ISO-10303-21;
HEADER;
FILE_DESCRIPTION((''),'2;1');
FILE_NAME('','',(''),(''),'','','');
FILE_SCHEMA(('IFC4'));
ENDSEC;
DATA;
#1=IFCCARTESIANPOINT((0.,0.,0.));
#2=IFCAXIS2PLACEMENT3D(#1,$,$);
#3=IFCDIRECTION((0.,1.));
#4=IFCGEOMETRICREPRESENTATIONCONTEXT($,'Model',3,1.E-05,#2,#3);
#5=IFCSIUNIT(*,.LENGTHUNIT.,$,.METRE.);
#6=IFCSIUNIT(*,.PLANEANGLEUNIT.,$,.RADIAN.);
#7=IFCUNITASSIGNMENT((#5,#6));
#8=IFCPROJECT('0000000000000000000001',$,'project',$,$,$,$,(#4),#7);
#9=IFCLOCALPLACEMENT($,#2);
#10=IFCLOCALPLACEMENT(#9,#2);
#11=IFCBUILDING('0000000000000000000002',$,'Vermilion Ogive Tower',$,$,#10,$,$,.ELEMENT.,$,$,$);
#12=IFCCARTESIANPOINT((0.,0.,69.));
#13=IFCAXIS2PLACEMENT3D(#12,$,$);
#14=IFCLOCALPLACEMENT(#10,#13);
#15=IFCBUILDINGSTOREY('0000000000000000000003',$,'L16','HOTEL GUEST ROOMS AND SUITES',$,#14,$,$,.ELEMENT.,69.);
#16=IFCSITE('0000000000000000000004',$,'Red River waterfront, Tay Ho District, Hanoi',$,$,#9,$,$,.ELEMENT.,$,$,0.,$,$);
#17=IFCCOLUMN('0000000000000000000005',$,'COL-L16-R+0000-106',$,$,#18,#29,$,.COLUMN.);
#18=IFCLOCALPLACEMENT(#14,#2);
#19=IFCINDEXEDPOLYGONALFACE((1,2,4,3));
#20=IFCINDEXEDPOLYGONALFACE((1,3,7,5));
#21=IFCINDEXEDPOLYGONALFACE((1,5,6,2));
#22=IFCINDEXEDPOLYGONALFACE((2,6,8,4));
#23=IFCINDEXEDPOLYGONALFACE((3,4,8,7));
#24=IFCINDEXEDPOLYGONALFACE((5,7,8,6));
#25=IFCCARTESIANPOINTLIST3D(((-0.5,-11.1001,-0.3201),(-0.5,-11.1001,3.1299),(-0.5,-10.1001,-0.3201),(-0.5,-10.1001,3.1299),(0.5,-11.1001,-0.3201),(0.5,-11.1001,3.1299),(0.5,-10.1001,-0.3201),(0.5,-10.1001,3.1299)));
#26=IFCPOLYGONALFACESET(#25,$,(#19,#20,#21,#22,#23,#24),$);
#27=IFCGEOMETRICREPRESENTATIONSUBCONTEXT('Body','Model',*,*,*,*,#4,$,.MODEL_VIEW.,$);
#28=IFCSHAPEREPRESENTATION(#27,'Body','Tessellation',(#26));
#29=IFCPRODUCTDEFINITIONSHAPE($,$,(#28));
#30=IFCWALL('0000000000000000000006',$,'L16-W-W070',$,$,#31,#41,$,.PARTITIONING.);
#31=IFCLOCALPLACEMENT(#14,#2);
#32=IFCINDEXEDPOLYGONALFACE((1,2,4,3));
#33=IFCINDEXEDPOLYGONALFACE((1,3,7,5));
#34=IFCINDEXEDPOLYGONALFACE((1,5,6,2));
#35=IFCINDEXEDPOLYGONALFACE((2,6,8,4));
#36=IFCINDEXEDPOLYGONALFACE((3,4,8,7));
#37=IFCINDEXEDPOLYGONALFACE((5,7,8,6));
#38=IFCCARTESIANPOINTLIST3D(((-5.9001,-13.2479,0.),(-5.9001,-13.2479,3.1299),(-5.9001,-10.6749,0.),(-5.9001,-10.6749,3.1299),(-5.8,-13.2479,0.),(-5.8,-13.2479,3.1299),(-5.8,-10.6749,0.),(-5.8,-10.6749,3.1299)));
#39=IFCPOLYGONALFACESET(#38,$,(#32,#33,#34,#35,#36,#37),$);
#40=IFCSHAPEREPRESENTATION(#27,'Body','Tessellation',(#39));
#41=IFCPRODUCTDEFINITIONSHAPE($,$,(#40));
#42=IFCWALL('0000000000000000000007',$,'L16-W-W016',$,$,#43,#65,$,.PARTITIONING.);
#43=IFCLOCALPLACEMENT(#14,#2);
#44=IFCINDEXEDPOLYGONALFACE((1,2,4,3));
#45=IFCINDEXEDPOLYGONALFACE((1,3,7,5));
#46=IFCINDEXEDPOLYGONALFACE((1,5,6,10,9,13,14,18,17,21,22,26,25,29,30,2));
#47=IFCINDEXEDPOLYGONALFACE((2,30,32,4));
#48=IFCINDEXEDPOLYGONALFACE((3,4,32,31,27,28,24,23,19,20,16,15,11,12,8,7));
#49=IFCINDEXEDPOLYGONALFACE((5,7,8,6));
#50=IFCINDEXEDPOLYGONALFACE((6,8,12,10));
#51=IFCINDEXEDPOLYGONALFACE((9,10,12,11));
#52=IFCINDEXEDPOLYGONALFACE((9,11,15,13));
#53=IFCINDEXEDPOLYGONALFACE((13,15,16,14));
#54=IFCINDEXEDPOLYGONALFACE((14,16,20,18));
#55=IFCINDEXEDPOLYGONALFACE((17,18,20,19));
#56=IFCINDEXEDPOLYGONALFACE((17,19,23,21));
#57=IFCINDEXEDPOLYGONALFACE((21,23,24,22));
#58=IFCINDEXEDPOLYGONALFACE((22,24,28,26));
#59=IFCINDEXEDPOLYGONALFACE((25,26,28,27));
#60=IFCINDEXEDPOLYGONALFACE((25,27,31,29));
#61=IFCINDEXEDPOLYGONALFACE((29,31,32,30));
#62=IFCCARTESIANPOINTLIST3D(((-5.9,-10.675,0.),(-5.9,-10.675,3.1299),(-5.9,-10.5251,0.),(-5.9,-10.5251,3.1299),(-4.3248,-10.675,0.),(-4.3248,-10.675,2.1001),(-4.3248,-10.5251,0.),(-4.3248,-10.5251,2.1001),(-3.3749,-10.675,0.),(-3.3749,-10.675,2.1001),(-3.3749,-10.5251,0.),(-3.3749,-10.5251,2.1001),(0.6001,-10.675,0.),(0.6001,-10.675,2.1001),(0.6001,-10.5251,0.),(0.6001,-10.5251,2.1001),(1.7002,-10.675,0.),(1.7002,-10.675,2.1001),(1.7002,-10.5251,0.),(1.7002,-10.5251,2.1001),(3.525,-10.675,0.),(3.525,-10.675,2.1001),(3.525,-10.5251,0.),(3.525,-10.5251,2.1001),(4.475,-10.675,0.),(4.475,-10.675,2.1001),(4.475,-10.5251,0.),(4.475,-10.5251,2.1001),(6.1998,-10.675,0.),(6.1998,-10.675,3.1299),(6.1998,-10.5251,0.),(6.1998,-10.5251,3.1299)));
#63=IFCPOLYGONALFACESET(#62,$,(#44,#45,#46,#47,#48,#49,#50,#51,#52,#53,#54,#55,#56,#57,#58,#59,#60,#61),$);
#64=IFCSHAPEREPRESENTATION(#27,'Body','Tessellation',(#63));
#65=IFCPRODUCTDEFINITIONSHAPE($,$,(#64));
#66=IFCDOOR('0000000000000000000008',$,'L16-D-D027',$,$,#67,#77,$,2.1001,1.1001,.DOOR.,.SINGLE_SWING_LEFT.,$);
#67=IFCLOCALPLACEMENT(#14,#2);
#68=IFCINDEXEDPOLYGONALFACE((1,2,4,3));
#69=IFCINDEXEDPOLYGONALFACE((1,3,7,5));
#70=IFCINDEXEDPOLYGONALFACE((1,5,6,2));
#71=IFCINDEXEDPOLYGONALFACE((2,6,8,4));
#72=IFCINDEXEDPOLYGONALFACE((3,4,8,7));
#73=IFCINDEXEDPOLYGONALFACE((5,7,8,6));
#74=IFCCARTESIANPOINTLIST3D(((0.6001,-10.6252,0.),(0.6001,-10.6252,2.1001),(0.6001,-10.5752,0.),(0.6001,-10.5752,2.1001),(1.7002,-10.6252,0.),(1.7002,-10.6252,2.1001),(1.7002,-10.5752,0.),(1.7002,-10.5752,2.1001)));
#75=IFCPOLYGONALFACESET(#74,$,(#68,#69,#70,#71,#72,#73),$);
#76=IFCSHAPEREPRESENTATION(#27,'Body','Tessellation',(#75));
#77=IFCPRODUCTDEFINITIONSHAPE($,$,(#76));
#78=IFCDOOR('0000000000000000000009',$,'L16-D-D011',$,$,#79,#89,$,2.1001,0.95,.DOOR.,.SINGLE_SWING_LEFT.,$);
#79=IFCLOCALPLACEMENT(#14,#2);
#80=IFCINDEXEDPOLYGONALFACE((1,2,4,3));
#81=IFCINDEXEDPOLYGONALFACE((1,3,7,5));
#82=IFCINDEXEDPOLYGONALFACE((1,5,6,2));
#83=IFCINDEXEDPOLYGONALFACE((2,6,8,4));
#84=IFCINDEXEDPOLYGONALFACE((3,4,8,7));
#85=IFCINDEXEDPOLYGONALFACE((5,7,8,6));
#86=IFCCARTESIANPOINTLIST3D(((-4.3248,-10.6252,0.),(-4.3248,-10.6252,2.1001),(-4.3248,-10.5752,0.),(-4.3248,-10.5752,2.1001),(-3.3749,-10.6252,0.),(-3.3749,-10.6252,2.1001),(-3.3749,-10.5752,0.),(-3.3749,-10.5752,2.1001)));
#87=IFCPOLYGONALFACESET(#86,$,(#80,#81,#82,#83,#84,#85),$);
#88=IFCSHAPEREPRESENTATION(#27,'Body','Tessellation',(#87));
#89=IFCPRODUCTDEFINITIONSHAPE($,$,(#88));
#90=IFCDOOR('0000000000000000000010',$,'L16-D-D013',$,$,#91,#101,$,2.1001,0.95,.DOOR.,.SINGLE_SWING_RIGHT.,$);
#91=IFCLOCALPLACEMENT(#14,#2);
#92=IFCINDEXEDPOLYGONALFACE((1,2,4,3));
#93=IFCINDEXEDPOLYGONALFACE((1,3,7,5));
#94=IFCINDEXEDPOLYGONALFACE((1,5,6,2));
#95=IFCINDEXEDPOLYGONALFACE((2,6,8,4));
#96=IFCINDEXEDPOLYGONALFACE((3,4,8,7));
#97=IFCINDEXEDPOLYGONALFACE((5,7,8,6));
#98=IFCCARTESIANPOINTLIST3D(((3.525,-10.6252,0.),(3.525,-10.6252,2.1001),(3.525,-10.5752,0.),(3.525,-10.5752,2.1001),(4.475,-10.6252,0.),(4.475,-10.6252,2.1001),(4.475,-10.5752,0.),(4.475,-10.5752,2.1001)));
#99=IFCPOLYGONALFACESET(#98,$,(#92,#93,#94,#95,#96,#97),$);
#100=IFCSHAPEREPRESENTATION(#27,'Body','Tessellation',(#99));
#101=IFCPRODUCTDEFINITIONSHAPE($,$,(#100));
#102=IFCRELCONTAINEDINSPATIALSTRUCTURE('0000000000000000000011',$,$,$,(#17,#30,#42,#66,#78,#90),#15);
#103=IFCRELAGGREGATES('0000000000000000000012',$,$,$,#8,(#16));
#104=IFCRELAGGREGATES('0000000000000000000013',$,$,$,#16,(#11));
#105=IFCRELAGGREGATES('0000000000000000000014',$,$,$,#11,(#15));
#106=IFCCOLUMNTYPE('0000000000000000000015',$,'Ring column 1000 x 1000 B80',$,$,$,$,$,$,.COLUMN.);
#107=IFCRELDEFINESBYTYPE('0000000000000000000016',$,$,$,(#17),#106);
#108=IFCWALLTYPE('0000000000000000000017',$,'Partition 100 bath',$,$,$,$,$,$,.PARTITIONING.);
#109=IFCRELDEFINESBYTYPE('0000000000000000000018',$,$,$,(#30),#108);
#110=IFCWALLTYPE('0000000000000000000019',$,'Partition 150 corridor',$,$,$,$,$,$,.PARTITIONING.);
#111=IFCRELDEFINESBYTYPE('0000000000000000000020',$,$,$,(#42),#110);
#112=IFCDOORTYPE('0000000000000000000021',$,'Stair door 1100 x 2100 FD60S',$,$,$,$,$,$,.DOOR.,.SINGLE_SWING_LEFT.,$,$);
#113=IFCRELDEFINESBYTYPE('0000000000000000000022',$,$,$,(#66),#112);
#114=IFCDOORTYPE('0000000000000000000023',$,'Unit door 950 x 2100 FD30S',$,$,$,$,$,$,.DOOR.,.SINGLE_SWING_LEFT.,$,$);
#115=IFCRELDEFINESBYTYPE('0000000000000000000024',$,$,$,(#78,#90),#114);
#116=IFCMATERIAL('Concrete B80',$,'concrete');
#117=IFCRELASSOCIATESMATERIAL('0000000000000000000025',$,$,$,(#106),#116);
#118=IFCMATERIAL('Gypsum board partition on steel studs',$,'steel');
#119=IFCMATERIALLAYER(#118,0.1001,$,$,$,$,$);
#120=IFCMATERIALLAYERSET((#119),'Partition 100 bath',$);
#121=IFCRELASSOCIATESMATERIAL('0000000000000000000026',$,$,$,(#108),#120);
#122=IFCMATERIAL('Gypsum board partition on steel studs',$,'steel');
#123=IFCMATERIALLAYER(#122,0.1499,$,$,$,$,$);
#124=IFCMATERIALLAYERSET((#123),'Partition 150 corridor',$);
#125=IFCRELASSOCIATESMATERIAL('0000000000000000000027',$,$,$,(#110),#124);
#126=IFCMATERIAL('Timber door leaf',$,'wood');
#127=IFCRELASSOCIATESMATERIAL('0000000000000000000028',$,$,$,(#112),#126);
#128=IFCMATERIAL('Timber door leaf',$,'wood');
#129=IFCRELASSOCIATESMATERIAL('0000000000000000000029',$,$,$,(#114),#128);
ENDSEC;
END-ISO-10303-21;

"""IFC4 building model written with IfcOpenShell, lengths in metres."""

from ifc_helpers import new_model, si_unit, direction, frame, frame_2d, origin, origin_2d, place, context, subcontext, project, spatial, rectangle, extrude, material, layer, layer_set, material_profile, profile_set, type_object, element, fill, save


model = new_model("IFC4")

# Units and contexts
model_context = context("Model", 3, precision=1e-05, world=origin(), true_north=direction((0.0, 1.0)))
body_context = subcontext(model_context, "Body", "Model", "MODEL_VIEW")
ifc_project = project(units=[si_unit("LENGTHUNIT", "METRE"), si_unit("PLANEANGLEUNIT", "RADIAN")], contexts=[model_context])

# Site, building, storey
site_placement = place(None, origin())
site = spatial("IfcSite", under=ifc_project, at=site_placement, Name="Red River waterfront, Tay Ho District, Hanoi", CompositionType="ELEMENT", RefElevation=0.0)
building_placement = place(site_placement, origin())
building = spatial("IfcBuilding", under=site, at=building_placement, Name="Vermilion Ogive Tower", CompositionType="ELEMENT")
storey_placement = place(building_placement, frame((0.0, 0.0, 69.0)))
storey = spatial("IfcBuildingStorey", under=building, at=storey_placement, Name="L16", Description="HOTEL GUEST ROOMS AND SUITES", CompositionType="ELEMENT", Elevation=69.0)

# Column
ifc_material_1 = material(Name="Concrete B80", Category="concrete")
ifc_material_profile = material_profile(ifc_material_1, rectangle(XDim=1.0, YDim=1.0, at=origin_2d()), Name="1000 x 1000")
ifc_profile_set = profile_set([ifc_material_profile], Name="Concrete B80")
column_type = type_object("IfcColumnType", Name="Ring column 1000 x 1000 B80", PredefinedType="COLUMN", material=ifc_profile_set)
column_placement = place(storey_placement, frame((0.0, -10.6001, -0.3201), z_axis=(0.0, 0.0, 1.0), x_axis=(1.0, 0.0, 0.0)))
element("IfcColumn", 1, at=column_placement, inside=storey, type_object=column_type, Name="COL-L16-R+0000-106", PredefinedType="COLUMN", context=body_context, shape_type="SweptSolid", body=[
    extrude(rectangle(XDim=1.0, YDim=1.0, at=origin_2d()), origin(), (0.0, 0.0, 1.0), 3.45),
])

# Wall
ifc_material_2 = material(Name="Gypsum board partition on steel studs", Category="steel")
ifc_layer_1 = layer(ifc_material_2, 0.1001)
ifc_layer_set_1 = layer_set([ifc_layer_1], Name="Partition 100 bath")
wall_type_1 = type_object("IfcWallType", Name="Partition 100 bath", PredefinedType="PARTITIONING", material=ifc_layer_set_1)
wall_1_placement = place(storey_placement, frame((-5.8501, -13.248, 0.0), z_axis=(0.0, 0.0, 1.0), x_axis=(0.0, 1.0, 0.0)))
element("IfcWall", 2, at=wall_1_placement, inside=storey, type_object=wall_type_1, Name="L16-W-W070", PredefinedType="PARTITIONING", context=body_context, shape_type="SweptSolid", body=[
    extrude(rectangle(XDim=2.573, YDim=0.1001, at=frame_2d((1.2866, 0.0))), origin(), (0.0, 0.0, 1.0), 3.1299),
])

# Wall, openings, doors
ifc_material_3 = material(Name="Gypsum board partition on steel studs", Category="steel")
ifc_layer_2 = layer(ifc_material_3, 0.1499)
ifc_layer_set_2 = layer_set([ifc_layer_2], Name="Partition 150 corridor")
wall_type_2 = type_object("IfcWallType", Name="Partition 150 corridor", PredefinedType="PARTITIONING", material=ifc_layer_set_2)
wall_2_placement = place(storey_placement, frame((-5.8999, -10.6001, 0.0), z_axis=(0.0, 0.0, 1.0), x_axis=(1.0, 0.0, 0.0)))
wall_2 = element("IfcWall", 3, at=wall_2_placement, inside=storey, type_object=wall_type_2, Name="L16-W-W016", PredefinedType="PARTITIONING", context=body_context, shape_type="SweptSolid", body=[
    extrude(rectangle(XDim=12.0999, YDim=0.1499, at=frame_2d((6.0498, 0.0))), origin(), (0.0, 0.0, 1.0), 3.1299),
])
opening_1_placement = place(wall_2_placement, frame((1.575, 0.0, 0.0)))
opening_1 = element("IfcOpeningElement", 4, at=opening_1_placement, cuts=wall_2, PredefinedType="OPENING", context=body_context, shape_type="SweptSolid", body=[
    extrude(rectangle(XDim=0.95, YDim=2.1001, at=frame_2d((0.4751, 1.05))), frame((0.0, 0.085, 0.0), z_axis=(0.0, -1.0, 0.0), x_axis=(1.0, 0.0, 0.0)), (0.0, 0.0, 1.0), 0.1699),
])
opening_2_placement = place(wall_2_placement, frame((9.4248, 0.0, 0.0)))
opening_2 = element("IfcOpeningElement", 5, at=opening_2_placement, cuts=wall_2, PredefinedType="OPENING", context=body_context, shape_type="SweptSolid", body=[
    extrude(rectangle(XDim=0.95, YDim=2.1001, at=frame_2d((0.4751, 1.05))), frame((0.0, 0.085, 0.0), z_axis=(0.0, -1.0, 0.0), x_axis=(1.0, 0.0, 0.0)), (0.0, 0.0, 1.0), 0.1699),
])
opening_3_placement = place(wall_2_placement, frame((6.5, 0.0, 0.0)))
opening_3 = element("IfcOpeningElement", 6, at=opening_3_placement, cuts=wall_2, PredefinedType="OPENING", context=body_context, shape_type="SweptSolid", body=[
    extrude(rectangle(XDim=1.1001, YDim=2.1001, at=frame_2d((0.55, 1.05))), frame((0.0, 0.085, 0.0), z_axis=(0.0, -1.0, 0.0), x_axis=(1.0, 0.0, 0.0)), (0.0, 0.0, 1.0), 0.1699),
])
ifc_material_4 = material(Name="Timber door leaf", Category="wood")
door_type_1 = type_object("IfcDoorType", Name="Stair door 1100 x 2100 FD60S", OperationType="SINGLE_SWING_LEFT", PredefinedType="DOOR", material=ifc_material_4)
door_1_placement = place(opening_3_placement, origin())
door_1 = element("IfcDoor", 7, at=door_1_placement, inside=storey, type_object=door_type_1, Name="L16-D-D027", OperationType="SINGLE_SWING_LEFT", OverallHeight=2.1001, OverallWidth=1.1001, PredefinedType="DOOR", context=body_context, shape_type="SweptSolid", body=[
    extrude(rectangle(XDim=1.1001, YDim=2.1001, at=frame_2d((0.55, 1.05))), frame((0.0, 0.0249, 0.0), z_axis=(0.0, -1.0, 0.0), x_axis=(1.0, 0.0, 0.0)), (0.0, 0.0, 1.0), 0.05),
])
fill(opening_3, door_1)
ifc_material_5 = material(Name="Timber door leaf", Category="wood")
door_type_2 = type_object("IfcDoorType", Name="Unit door 950 x 2100 FD30S", OperationType="SINGLE_SWING_LEFT", PredefinedType="DOOR", material=ifc_material_5)
door_2_placement = place(opening_1_placement, origin())
door_2 = element("IfcDoor", 8, at=door_2_placement, inside=storey, type_object=door_type_2, Name="L16-D-D011", OperationType="SINGLE_SWING_LEFT", OverallHeight=2.1001, OverallWidth=0.95, PredefinedType="DOOR", context=body_context, shape_type="SweptSolid", body=[
    extrude(rectangle(XDim=0.95, YDim=2.1001, at=frame_2d((0.4751, 1.05))), frame((0.0, 0.0249, 0.0), z_axis=(0.0, -1.0, 0.0), x_axis=(1.0, 0.0, 0.0)), (0.0, 0.0, 1.0), 0.05),
])
fill(opening_1, door_2)
door_3_placement = place(opening_2_placement, origin())
door_3 = element("IfcDoor", 9, at=door_3_placement, inside=storey, type_object=door_type_2, Name="L16-D-D013", OperationType="SINGLE_SWING_RIGHT", OverallHeight=2.1001, OverallWidth=0.95, PredefinedType="DOOR", context=body_context, shape_type="SweptSolid", body=[
    extrude(rectangle(XDim=0.95, YDim=2.1001, at=frame_2d((0.4751, 1.05))), frame((0.0, 0.0249, 0.0), z_axis=(0.0, -1.0, 0.0), x_axis=(1.0, 0.0, 0.0)), (0.0, 0.0, 1.0), 0.05),
])
fill(opening_2, door_3)

save(model, "model.ifc")
